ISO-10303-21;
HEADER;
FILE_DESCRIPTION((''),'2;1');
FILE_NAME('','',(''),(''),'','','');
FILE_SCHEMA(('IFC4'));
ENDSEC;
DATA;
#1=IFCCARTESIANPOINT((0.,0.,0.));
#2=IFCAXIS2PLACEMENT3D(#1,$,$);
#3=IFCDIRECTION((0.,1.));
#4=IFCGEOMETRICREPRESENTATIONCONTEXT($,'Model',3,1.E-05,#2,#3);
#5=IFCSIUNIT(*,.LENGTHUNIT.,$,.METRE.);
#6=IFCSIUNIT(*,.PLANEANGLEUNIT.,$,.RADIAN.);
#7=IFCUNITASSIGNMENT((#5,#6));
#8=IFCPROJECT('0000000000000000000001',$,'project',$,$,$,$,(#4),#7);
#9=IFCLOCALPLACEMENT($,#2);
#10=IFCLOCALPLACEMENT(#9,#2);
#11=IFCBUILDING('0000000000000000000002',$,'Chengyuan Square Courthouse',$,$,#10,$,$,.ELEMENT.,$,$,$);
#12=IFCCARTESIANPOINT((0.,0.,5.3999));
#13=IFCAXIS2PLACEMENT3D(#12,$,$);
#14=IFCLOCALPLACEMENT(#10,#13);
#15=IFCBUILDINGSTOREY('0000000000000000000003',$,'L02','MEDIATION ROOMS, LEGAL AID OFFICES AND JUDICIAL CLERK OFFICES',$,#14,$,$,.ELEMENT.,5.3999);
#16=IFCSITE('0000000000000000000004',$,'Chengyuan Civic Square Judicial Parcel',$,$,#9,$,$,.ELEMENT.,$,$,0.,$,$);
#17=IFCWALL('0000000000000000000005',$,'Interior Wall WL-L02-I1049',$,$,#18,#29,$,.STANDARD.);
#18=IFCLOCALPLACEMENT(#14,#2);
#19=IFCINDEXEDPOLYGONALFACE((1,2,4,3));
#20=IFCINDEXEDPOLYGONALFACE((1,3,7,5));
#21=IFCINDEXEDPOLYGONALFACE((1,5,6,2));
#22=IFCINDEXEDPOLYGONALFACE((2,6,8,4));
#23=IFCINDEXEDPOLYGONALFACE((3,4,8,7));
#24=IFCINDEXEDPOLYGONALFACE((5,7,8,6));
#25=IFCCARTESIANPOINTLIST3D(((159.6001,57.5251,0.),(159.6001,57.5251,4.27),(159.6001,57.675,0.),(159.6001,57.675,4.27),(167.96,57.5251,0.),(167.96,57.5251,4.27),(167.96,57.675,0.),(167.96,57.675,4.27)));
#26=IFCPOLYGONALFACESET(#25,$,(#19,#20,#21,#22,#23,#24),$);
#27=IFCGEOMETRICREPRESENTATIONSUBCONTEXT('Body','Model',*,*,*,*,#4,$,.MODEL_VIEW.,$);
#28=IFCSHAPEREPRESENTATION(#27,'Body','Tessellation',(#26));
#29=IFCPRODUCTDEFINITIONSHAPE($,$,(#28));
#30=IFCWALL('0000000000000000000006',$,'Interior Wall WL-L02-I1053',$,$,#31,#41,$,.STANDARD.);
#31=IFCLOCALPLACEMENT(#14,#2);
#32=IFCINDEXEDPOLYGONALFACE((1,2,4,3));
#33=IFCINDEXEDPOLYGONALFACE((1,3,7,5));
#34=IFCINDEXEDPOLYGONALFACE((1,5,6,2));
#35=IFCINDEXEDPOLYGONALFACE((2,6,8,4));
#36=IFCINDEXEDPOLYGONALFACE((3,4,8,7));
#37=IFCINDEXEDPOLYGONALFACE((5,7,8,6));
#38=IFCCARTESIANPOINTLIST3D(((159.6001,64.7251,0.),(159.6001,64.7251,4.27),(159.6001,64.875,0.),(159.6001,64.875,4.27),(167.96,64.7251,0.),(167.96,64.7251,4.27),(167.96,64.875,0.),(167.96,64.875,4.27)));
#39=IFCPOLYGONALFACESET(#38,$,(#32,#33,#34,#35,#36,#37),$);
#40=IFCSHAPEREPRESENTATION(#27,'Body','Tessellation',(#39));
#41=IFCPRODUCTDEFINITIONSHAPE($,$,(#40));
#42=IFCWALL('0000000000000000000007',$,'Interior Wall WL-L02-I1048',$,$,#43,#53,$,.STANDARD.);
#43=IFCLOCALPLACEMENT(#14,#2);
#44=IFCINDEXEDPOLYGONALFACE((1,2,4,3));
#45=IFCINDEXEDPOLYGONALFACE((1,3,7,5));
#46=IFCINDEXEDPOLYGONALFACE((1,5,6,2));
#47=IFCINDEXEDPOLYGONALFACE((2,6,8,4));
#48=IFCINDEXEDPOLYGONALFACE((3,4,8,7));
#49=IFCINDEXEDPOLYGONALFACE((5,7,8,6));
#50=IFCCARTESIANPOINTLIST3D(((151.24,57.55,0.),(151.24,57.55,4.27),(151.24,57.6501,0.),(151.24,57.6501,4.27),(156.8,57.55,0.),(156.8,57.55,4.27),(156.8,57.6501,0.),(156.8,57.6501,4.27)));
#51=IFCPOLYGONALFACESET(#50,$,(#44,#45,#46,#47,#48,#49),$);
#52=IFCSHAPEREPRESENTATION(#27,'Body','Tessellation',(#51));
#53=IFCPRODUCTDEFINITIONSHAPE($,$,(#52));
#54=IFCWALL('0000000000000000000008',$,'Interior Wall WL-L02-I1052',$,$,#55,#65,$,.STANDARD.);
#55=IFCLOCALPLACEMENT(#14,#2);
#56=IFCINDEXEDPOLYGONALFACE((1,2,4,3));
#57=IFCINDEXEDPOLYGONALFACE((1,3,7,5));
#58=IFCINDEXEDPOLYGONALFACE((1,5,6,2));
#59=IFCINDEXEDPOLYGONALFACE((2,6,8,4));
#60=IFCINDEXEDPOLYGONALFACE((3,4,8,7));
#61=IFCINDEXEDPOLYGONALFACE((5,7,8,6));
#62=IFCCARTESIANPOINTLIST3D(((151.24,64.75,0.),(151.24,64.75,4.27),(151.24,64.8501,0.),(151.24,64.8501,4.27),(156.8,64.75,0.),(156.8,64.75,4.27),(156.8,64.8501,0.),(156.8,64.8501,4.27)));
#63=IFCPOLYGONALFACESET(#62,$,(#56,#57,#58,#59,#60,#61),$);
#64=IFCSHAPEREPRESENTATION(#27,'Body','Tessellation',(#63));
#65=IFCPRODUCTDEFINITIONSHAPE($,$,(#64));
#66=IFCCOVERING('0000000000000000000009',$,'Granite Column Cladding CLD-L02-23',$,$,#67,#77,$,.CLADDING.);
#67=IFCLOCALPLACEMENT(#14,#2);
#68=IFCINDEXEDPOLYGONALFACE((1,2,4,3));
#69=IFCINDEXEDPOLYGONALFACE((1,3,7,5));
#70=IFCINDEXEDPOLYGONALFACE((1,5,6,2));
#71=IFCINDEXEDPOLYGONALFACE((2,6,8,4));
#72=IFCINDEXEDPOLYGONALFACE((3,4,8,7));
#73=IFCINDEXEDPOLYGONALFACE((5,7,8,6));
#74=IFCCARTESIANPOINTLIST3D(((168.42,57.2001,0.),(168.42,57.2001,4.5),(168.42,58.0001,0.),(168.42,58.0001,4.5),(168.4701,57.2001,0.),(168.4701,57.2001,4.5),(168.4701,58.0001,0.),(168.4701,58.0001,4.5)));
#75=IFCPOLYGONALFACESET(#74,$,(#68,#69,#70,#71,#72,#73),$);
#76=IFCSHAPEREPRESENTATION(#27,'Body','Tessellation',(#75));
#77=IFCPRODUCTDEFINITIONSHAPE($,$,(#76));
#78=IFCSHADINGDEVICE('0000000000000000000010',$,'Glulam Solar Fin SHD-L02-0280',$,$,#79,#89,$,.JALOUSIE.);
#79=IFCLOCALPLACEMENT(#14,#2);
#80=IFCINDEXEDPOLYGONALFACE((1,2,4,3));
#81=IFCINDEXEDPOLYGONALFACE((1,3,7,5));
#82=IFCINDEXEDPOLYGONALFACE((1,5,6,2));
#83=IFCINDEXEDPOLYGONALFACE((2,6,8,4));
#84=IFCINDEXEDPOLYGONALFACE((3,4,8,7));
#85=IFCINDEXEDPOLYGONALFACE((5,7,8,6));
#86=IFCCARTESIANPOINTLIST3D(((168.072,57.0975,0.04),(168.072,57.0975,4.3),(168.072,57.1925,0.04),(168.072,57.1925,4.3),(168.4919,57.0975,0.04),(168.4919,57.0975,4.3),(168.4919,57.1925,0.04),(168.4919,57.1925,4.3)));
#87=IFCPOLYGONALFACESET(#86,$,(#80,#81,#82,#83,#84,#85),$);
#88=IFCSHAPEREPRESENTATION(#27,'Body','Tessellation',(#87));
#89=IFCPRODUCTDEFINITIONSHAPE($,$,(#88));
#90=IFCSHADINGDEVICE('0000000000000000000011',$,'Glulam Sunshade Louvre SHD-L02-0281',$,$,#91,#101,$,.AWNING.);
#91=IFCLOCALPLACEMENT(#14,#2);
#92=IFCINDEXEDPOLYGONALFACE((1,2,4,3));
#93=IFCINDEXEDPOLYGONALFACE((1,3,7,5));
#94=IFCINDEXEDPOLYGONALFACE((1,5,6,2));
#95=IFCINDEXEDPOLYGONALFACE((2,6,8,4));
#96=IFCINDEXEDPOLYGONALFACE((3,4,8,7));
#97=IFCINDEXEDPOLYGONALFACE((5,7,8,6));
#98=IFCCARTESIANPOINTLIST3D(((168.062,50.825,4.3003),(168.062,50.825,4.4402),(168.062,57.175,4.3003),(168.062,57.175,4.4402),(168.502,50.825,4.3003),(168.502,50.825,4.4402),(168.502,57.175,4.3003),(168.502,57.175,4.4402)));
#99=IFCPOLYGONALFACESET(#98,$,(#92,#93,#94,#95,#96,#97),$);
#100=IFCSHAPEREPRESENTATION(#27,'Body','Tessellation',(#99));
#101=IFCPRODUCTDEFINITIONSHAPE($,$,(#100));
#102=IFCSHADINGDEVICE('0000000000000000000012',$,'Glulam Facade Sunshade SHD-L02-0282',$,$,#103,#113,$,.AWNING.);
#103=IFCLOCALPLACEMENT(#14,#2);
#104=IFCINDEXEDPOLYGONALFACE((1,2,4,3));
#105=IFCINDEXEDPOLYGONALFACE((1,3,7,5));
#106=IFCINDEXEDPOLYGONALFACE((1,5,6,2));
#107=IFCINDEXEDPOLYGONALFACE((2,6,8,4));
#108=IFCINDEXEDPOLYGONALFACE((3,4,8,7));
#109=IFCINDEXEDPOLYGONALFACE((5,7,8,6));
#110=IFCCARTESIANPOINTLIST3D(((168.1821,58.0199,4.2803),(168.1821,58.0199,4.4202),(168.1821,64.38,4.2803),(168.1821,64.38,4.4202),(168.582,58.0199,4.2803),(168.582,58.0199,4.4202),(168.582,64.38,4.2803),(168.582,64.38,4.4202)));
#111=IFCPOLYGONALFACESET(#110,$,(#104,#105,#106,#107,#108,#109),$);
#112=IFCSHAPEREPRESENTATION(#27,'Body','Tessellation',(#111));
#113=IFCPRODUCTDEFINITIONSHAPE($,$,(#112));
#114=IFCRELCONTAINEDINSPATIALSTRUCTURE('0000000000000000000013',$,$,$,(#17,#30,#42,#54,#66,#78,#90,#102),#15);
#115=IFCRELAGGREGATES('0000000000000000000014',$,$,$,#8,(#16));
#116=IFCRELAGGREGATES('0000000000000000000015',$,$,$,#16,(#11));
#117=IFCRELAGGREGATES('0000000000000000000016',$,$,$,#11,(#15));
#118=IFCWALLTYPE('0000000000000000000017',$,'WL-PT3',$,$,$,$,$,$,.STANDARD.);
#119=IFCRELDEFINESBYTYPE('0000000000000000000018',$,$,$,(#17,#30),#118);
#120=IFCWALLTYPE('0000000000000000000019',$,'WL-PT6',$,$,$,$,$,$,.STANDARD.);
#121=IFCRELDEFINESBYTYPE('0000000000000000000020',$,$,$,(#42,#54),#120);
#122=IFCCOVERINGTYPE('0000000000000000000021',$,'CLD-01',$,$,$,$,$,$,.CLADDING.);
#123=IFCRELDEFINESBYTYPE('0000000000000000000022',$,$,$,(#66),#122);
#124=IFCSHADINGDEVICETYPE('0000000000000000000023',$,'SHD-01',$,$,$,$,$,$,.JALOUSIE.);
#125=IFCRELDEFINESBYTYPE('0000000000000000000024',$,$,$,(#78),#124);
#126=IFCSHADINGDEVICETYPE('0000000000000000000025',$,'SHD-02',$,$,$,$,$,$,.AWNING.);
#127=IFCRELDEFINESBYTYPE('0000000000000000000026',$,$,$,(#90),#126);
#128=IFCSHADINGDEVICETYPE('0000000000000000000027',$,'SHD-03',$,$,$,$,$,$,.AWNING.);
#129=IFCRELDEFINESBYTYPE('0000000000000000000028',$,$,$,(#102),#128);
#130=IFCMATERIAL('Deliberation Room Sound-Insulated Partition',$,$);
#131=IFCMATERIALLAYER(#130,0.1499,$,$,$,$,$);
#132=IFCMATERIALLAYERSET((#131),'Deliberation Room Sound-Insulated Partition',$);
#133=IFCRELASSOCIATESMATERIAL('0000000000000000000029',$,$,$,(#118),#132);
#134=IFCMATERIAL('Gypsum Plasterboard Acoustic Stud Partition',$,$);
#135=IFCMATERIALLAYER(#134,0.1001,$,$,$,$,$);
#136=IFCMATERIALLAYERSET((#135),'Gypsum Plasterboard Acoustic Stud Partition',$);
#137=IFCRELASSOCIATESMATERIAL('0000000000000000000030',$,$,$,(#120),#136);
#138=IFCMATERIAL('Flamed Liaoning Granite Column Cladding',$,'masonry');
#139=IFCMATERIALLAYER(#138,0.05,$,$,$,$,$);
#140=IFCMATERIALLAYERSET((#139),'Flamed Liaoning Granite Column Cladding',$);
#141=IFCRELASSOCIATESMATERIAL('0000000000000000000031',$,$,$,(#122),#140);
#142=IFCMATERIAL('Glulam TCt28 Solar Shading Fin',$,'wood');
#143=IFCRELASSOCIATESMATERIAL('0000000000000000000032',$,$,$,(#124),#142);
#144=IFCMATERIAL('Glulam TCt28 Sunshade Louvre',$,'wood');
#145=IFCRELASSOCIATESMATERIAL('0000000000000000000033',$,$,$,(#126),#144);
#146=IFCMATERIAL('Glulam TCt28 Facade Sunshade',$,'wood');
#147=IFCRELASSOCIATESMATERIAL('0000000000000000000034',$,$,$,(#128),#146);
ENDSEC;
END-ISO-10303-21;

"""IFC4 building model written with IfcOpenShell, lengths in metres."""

from ifc_helpers import new_model, si_unit, direction, frame, frame_2d, origin, origin_2d, place, context, subcontext, project, spatial, rectangle, extrude, material, layer, layer_set, type_object, element, save


model = new_model("IFC4")

# Units and contexts
model_context = context("Model", 3, precision=1e-05, world=origin(), true_north=direction((0.0, 1.0)))
body_context = subcontext(model_context, "Body", "Model", "MODEL_VIEW")
ifc_project = project(units=[si_unit("LENGTHUNIT", "METRE"), si_unit("PLANEANGLEUNIT", "RADIAN")], contexts=[model_context])

# Site, building, storey
site_placement = place(None, origin())
site = spatial("IfcSite", under=ifc_project, at=site_placement, Name="Chengyuan Civic Square Judicial Parcel", CompositionType="ELEMENT", RefElevation=0.0)
building_placement = place(site_placement, origin())
building = spatial("IfcBuilding", under=site, at=building_placement, Name="Chengyuan Square Courthouse", CompositionType="ELEMENT")
storey_placement = place(building_placement, frame((0.0, 0.0, 5.3999)))
storey = spatial("IfcBuildingStorey", under=building, at=storey_placement, Name="L02", Description="MEDIATION ROOMS, LEGAL AID OFFICES AND JUDICIAL CLERK OFFICES", CompositionType="ELEMENT", Elevation=5.3999)

# Walls
ifc_material_1 = material(Name="Deliberation Room Sound-Insulated Partition")
ifc_layer_1 = layer(ifc_material_1, 0.1499)
ifc_layer_set_1 = layer_set([ifc_layer_1], Name="Deliberation Room Sound-Insulated Partition")
wall_type_1 = type_object("IfcWallType", Name="WL-PT3", PredefinedType="STANDARD", material=ifc_layer_set_1)
for number, where, z_axis, x_axis, name in (
    (1, (159.6001, 57.6001, 0.0), (0.0, 0.0, 1.0), (1.0, 0.0, 0.0), "Interior Wall WL-L02-I1049"),
    (2, (159.6001, 64.8, 0.0), (0.0, 0.0, 1.0), (1.0, 0.0, 0.0), "Interior Wall WL-L02-I1053"),
):
    element("IfcWall", number, at=place(storey_placement, frame(where, z_axis=z_axis, x_axis=x_axis)), inside=storey, type_object=wall_type_1, Name=name, PredefinedType="STANDARD", context=body_context, shape_type="SweptSolid", body=[
        extrude(rectangle(XDim=8.3599, YDim=0.1499, at=frame_2d((4.1799, 0.0))), origin(), (0.0, 0.0, 1.0), 4.27),
    ])
ifc_material_2 = material(Name="Gypsum Plasterboard Acoustic Stud Partition")
ifc_layer_2 = layer(ifc_material_2, 0.1001)
ifc_layer_set_2 = layer_set([ifc_layer_2], Name="Gypsum Plasterboard Acoustic Stud Partition")
wall_type_2 = type_object("IfcWallType", Name="WL-PT6", PredefinedType="STANDARD", material=ifc_layer_set_2)
for number, where, z_axis, x_axis, name in (
    (3, (151.24, 57.6001, 0.0), (0.0, 0.0, 1.0), (1.0, 0.0, 0.0), "Interior Wall WL-L02-I1048"),
    (4, (151.24, 64.8, 0.0), (0.0, 0.0, 1.0), (1.0, 0.0, 0.0), "Interior Wall WL-L02-I1052"),
):
    element("IfcWall", number, at=place(storey_placement, frame(where, z_axis=z_axis, x_axis=x_axis)), inside=storey, type_object=wall_type_2, Name=name, PredefinedType="STANDARD", context=body_context, shape_type="SweptSolid", body=[
        extrude(rectangle(XDim=5.5601, YDim=0.1001, at=frame_2d((2.78, 0.0))), origin(), (0.0, 0.0, 1.0), 4.27),
    ])

# Covering
ifc_material_3 = material(Name="Flamed Liaoning Granite Column Cladding", Category="masonry")
ifc_layer_3 = layer(ifc_material_3, 0.05)
ifc_layer_set_3 = layer_set([ifc_layer_3], Name="Flamed Liaoning Granite Column Cladding")
covering_type = type_object("IfcCoveringType", Name="CLD-01", PredefinedType="CLADDING", material=ifc_layer_set_3)
covering_placement = place(storey_placement, frame((168.4451, 57.6001, 0.0), z_axis=(0.0, 0.0, 1.0), x_axis=(1.0, 0.0, 0.0)))
element("IfcCovering", 5, at=covering_placement, inside=storey, type_object=covering_type, Name="Granite Column Cladding CLD-L02-23", PredefinedType="CLADDING", context=body_context, shape_type="SweptSolid", body=[
    extrude(rectangle(XDim=0.05, YDim=0.8, at=origin_2d()), origin(), (0.0, 0.0, 1.0), 4.5),
])

# Shading devices
ifc_material_4 = material(Name="Glulam TCt28 Solar Shading Fin", Category="wood")
shading_device_type_1 = type_object("IfcShadingDeviceType", Name="SHD-01", PredefinedType="JALOUSIE", material=ifc_material_4)
shading_device_1_placement = place(storey_placement, frame((168.282, 57.145, 0.04), z_axis=(0.0, 0.0, 1.0), x_axis=(1.0, 0.0, 0.0)))
element("IfcShadingDevice", 6, at=shading_device_1_placement, inside=storey, type_object=shading_device_type_1, Name="Glulam Solar Fin SHD-L02-0280", PredefinedType="JALOUSIE", context=body_context, shape_type="SweptSolid", body=[
    extrude(rectangle(XDim=0.4199, YDim=0.095, at=origin_2d()), origin(), (0.0, 0.0, 1.0), 4.26),
])
ifc_material_5 = material(Name="Glulam TCt28 Sunshade Louvre", Category="wood")
shading_device_type_2 = type_object("IfcShadingDeviceType", Name="SHD-02", PredefinedType="AWNING", material=ifc_material_5)
shading_device_2_placement = place(storey_placement, frame((168.282, 54.0, 4.3003), z_axis=(0.0, 0.0, 1.0), x_axis=(0.0, 1.0, 0.0)))
element("IfcShadingDevice", 7, at=shading_device_2_placement, inside=storey, type_object=shading_device_type_2, Name="Glulam Sunshade Louvre SHD-L02-0281", PredefinedType="AWNING", context=body_context, shape_type="SweptSolid", body=[
    extrude(rectangle(XDim=6.3501, YDim=0.4399, at=origin_2d()), origin(), (0.0, 0.0, 1.0), 0.1399),
])
ifc_material_6 = material(Name="Glulam TCt28 Facade Sunshade", Category="wood")
shading_device_type_3 = type_object("IfcShadingDeviceType", Name="SHD-03", PredefinedType="AWNING", material=ifc_material_6)
shading_device_3_placement = place(storey_placement, frame((168.3821, 61.2, 4.2803), z_axis=(0.0, 0.0, 1.0), x_axis=(0.0, 1.0, 0.0)))
element("IfcShadingDevice", 8, at=shading_device_3_placement, inside=storey, type_object=shading_device_type_3, Name="Glulam Facade Sunshade SHD-L02-0282", PredefinedType="AWNING", context=body_context, shape_type="SweptSolid", body=[
    extrude(rectangle(XDim=6.3601, YDim=0.3999, at=origin_2d()), origin(), (0.0, 0.0, 1.0), 0.1399),
])

save(model, "model.ifc")
